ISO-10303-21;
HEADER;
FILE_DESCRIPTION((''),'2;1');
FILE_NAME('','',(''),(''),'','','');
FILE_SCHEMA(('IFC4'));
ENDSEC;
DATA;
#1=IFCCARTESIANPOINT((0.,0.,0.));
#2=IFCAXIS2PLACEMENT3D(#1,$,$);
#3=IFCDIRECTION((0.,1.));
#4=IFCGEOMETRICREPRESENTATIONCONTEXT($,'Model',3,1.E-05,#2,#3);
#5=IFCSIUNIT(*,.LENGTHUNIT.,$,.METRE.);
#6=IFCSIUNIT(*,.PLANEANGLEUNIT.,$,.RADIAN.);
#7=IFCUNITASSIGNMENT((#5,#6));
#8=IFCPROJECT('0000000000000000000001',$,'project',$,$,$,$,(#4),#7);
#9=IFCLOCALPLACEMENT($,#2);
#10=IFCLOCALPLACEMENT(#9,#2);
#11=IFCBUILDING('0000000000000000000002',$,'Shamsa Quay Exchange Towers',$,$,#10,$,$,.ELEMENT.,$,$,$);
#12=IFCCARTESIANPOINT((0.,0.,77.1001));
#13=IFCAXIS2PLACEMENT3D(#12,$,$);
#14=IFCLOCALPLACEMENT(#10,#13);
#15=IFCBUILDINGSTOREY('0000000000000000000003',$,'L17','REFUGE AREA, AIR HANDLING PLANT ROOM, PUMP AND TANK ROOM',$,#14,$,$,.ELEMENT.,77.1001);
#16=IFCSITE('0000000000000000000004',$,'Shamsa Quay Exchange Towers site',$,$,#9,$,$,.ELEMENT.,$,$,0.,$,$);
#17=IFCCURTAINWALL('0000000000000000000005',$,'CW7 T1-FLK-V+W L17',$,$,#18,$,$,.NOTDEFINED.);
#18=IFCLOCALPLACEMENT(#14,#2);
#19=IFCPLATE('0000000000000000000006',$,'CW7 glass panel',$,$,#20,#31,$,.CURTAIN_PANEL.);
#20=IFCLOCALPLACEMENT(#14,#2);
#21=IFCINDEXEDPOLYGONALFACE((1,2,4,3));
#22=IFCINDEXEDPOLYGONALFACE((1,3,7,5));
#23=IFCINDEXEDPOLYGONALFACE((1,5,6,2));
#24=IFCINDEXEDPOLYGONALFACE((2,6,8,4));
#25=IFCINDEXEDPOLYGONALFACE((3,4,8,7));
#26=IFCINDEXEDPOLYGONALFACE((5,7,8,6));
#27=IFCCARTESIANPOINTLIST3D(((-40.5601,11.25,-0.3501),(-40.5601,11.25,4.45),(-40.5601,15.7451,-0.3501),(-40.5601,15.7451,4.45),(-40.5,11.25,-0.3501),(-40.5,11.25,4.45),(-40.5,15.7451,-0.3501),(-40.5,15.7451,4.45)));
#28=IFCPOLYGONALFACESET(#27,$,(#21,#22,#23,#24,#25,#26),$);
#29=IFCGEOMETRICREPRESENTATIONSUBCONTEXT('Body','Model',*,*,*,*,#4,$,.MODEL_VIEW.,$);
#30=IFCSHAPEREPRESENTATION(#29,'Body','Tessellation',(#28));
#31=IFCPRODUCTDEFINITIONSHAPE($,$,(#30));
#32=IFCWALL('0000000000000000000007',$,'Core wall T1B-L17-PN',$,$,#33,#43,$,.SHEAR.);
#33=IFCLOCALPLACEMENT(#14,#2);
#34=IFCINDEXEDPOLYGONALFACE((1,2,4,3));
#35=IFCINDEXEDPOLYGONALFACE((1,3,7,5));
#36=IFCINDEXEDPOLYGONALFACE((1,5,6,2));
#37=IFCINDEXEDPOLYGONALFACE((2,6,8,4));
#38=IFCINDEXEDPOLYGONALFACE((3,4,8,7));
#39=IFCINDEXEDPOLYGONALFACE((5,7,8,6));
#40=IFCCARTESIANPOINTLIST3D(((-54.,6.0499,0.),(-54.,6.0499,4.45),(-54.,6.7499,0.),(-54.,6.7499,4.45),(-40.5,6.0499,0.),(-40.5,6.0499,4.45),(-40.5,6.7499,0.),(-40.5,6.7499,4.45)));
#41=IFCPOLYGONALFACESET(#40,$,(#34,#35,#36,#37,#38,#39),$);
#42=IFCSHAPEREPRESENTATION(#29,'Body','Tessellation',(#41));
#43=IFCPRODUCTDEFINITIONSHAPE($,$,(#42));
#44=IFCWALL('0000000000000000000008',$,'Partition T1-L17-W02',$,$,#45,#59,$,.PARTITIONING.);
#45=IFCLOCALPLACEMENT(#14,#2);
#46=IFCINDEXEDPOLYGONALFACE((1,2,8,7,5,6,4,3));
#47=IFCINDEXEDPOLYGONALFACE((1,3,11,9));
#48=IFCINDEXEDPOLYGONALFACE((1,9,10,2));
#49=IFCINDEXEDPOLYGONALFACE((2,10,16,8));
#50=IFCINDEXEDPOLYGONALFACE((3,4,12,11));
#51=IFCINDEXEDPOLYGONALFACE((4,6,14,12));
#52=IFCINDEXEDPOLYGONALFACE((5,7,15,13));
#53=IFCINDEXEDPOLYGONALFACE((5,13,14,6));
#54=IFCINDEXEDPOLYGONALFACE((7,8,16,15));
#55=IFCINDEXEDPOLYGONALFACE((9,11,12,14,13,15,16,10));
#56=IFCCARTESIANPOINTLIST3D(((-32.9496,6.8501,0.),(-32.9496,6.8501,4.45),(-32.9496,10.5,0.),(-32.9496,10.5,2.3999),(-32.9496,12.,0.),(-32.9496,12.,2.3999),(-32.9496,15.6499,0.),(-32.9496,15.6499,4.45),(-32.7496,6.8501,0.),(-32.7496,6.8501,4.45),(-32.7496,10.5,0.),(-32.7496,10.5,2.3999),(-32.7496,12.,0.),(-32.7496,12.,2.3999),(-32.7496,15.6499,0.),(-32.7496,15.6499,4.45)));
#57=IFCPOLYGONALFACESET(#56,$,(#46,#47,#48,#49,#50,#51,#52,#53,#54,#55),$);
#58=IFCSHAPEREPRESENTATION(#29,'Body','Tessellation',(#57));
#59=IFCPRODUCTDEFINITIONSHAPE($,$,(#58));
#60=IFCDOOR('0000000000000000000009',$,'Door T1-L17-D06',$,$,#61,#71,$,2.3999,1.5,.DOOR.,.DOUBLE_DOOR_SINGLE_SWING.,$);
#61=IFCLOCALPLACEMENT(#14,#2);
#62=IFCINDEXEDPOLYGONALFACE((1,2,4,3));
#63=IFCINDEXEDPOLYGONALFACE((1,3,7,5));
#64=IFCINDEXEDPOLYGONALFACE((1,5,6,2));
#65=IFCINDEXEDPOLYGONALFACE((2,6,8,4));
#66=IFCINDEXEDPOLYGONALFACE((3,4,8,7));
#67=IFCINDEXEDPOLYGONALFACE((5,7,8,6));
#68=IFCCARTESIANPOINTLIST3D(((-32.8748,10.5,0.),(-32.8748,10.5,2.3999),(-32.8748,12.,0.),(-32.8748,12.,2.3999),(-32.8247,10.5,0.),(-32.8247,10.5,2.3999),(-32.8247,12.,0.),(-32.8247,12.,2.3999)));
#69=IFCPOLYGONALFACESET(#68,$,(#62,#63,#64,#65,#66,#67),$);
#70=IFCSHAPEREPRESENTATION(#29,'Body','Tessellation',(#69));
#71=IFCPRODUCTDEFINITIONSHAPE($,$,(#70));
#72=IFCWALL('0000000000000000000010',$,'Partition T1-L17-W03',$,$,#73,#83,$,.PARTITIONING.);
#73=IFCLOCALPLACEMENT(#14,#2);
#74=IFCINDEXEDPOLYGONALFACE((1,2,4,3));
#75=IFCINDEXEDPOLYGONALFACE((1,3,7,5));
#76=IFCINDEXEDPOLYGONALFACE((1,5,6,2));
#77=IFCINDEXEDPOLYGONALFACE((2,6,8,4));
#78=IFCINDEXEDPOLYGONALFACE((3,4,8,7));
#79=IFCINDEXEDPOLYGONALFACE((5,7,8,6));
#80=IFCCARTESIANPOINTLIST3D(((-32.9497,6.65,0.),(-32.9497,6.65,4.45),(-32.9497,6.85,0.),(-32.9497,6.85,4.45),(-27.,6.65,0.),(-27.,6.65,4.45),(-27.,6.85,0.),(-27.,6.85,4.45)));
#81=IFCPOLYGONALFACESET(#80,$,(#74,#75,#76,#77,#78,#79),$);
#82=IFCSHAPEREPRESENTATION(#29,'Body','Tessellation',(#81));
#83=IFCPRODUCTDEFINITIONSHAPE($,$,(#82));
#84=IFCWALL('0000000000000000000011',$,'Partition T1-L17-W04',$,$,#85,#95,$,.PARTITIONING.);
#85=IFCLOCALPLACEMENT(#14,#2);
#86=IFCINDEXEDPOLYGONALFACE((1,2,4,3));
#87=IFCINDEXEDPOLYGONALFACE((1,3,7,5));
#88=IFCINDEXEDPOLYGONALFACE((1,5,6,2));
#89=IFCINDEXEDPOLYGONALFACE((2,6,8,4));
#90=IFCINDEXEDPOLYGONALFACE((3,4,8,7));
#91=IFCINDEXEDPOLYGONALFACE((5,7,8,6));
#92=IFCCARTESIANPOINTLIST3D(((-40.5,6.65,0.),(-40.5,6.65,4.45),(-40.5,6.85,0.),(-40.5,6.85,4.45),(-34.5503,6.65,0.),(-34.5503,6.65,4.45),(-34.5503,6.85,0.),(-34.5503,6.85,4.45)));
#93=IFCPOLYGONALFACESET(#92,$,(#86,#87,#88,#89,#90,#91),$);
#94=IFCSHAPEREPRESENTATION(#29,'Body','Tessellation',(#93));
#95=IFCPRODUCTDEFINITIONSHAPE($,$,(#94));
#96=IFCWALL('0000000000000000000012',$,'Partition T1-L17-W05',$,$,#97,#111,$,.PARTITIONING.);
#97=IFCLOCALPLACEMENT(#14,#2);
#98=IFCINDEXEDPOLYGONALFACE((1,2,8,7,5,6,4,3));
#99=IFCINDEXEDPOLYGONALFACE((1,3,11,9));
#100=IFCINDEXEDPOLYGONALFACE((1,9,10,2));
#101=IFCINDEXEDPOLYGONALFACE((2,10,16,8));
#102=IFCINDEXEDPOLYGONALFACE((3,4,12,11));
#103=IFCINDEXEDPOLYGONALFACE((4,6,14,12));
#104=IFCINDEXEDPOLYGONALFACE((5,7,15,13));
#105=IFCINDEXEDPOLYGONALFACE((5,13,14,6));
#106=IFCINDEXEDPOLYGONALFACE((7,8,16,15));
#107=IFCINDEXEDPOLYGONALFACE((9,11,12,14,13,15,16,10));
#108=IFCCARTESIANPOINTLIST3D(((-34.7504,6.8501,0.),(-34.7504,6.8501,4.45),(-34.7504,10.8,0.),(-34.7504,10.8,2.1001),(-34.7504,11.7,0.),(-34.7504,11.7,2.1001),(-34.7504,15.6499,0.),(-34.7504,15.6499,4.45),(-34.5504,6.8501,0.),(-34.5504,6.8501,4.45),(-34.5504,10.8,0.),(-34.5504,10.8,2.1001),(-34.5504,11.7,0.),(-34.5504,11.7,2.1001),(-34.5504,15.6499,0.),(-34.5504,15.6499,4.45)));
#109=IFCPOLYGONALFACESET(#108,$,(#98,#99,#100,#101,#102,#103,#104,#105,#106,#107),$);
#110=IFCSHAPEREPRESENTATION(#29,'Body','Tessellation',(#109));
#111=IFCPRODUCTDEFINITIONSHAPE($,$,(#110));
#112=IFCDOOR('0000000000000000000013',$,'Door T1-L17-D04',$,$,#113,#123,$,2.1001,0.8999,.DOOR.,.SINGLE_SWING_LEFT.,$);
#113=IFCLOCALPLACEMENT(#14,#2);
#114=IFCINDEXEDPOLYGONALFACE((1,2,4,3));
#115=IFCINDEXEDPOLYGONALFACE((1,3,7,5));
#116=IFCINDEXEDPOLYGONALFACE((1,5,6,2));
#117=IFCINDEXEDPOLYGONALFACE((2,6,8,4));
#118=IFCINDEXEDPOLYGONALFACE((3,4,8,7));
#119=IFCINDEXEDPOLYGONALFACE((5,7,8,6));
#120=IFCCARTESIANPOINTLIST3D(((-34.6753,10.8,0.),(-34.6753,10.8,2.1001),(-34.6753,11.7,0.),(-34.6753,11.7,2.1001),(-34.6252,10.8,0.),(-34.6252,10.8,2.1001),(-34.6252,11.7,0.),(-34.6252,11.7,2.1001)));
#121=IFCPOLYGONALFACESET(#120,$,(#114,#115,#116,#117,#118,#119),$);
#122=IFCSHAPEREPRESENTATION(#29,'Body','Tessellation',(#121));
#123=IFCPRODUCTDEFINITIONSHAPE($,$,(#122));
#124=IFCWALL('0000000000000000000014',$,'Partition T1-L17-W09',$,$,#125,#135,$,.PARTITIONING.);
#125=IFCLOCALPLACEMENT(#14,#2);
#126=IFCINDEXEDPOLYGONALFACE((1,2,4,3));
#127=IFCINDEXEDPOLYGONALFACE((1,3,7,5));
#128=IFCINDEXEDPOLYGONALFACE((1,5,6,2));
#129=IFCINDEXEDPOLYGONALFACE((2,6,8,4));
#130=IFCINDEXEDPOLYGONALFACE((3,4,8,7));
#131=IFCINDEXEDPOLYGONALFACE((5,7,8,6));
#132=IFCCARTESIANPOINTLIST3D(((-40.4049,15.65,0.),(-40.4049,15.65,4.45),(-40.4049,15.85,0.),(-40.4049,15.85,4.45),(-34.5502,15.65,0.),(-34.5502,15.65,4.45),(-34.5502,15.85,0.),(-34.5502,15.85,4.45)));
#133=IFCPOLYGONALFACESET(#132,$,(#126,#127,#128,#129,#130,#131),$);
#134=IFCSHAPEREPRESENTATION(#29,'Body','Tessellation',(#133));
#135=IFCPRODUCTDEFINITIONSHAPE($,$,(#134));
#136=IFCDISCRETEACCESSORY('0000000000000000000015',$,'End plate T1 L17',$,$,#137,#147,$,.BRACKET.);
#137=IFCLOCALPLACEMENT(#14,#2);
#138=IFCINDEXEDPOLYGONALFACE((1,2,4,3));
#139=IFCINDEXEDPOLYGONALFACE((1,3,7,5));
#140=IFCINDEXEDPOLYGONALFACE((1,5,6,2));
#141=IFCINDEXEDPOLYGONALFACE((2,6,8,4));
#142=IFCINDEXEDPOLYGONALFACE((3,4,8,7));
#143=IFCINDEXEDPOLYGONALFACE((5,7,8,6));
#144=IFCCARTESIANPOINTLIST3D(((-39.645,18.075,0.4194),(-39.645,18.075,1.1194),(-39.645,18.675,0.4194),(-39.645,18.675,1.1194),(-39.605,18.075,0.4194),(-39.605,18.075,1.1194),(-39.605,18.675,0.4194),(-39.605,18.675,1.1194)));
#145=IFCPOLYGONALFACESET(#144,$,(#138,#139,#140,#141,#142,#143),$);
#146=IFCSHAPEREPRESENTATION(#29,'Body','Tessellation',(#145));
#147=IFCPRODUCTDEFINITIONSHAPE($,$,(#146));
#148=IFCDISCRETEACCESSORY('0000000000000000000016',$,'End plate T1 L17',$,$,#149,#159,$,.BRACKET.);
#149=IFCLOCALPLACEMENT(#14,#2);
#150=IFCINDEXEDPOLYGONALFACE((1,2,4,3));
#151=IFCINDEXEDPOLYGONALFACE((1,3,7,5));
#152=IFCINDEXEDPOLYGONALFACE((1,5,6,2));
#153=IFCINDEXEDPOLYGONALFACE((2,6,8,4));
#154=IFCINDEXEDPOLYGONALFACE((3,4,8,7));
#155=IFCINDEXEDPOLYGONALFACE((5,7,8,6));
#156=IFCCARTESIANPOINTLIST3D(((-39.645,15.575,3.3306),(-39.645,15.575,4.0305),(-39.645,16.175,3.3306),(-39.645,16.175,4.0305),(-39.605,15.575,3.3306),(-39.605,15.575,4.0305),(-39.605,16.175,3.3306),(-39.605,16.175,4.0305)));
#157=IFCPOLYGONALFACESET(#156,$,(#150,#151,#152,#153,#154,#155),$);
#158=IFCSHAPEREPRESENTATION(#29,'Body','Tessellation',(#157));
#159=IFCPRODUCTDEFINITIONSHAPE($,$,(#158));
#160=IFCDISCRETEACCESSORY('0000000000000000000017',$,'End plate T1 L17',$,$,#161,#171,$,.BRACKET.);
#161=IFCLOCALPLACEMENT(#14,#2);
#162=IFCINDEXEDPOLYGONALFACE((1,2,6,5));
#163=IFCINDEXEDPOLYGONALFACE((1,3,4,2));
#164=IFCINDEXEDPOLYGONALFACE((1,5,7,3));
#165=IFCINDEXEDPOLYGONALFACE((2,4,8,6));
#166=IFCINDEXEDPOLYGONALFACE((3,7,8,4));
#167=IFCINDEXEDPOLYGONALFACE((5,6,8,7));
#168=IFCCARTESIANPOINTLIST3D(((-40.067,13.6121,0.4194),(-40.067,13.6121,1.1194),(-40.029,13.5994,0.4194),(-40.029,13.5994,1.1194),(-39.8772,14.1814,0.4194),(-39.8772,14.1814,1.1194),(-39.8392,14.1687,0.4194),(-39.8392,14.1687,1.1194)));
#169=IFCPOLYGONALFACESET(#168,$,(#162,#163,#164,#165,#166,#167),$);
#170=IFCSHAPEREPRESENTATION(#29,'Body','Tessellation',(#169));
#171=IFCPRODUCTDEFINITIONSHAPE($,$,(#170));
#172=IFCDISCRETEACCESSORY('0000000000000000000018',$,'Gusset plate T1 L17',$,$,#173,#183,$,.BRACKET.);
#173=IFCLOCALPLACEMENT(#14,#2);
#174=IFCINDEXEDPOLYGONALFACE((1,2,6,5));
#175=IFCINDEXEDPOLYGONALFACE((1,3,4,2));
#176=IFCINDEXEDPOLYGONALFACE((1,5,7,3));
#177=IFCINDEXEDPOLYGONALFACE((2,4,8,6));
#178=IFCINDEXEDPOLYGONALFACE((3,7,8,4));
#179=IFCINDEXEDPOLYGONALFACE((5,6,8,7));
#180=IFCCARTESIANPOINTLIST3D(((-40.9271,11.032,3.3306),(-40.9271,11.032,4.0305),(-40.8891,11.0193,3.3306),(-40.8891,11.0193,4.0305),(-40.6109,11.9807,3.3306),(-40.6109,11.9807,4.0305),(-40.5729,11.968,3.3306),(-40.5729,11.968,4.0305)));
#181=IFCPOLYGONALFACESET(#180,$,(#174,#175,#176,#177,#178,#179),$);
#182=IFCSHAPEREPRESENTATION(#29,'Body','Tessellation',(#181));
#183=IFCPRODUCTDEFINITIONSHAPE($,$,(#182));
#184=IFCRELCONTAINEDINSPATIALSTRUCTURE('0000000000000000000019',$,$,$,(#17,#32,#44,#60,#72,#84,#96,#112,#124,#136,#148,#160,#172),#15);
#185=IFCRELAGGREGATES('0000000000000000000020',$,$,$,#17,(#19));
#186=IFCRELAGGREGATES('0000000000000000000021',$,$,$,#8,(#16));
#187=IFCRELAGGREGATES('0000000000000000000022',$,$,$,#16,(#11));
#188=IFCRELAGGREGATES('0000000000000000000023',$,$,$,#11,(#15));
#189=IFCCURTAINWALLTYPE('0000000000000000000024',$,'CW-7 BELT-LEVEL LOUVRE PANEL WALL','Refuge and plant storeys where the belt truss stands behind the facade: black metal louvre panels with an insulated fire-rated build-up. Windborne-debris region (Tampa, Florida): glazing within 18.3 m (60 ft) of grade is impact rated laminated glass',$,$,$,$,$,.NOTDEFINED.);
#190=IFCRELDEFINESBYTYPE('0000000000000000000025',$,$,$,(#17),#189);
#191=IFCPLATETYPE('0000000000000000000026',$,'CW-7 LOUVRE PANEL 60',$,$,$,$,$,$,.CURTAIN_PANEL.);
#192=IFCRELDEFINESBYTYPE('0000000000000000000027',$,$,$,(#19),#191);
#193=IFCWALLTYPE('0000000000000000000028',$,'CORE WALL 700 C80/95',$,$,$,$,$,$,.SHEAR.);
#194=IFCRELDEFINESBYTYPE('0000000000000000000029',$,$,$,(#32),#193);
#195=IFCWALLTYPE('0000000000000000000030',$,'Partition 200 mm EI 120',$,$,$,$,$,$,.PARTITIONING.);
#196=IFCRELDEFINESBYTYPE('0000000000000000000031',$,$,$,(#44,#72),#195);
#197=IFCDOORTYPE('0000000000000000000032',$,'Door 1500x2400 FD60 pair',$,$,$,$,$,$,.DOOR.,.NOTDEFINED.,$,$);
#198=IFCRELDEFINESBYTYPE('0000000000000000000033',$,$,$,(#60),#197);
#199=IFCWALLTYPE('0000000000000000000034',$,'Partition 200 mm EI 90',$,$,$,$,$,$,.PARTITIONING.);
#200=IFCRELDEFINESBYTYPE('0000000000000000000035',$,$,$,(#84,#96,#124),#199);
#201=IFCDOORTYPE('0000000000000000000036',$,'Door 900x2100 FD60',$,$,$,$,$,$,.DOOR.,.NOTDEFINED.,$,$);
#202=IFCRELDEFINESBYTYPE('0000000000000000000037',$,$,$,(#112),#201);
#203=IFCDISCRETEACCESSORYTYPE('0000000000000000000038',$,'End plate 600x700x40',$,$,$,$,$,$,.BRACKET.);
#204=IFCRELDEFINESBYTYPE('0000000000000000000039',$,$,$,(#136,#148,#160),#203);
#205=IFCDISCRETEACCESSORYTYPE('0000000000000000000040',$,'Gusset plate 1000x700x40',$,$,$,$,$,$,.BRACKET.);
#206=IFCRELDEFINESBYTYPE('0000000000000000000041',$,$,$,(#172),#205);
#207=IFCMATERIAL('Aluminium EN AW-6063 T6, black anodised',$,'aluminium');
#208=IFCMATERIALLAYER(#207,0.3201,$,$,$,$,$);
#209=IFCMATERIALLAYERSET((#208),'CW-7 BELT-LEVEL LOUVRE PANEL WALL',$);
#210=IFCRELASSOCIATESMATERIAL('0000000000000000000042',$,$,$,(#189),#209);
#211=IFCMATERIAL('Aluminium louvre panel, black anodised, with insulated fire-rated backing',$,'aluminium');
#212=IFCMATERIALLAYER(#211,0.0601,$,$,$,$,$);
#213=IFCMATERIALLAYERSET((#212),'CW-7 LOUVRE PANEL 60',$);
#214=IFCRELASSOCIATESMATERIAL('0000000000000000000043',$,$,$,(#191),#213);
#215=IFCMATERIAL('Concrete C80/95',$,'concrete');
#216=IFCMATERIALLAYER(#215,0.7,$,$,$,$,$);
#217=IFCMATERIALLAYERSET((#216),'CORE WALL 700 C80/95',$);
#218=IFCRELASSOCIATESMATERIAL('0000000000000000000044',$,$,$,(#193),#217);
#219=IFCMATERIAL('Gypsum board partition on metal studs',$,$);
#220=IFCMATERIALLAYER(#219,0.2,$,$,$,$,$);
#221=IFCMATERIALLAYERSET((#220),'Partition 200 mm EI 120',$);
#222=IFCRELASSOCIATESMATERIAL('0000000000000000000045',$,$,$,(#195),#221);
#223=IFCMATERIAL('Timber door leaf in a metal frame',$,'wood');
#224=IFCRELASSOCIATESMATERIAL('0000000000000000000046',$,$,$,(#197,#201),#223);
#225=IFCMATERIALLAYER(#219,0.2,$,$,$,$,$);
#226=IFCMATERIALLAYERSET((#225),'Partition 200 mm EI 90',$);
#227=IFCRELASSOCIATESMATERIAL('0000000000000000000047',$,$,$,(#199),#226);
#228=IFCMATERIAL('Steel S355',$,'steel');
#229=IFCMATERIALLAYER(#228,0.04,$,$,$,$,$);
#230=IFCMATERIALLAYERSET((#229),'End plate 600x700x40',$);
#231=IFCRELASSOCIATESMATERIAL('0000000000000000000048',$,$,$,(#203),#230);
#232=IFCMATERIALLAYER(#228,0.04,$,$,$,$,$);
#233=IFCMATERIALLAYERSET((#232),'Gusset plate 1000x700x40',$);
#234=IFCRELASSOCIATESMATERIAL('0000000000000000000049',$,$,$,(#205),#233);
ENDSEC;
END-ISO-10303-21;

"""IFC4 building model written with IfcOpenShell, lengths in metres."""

from ifc_helpers import new_model, si_unit, direction, frame, frame_2d, origin, origin_2d, place, context, subcontext, project, spatial, rectangle, extrude, material, layer, layer_set, type_object, element, fill, aggregate, save


model = new_model("IFC4")

# Units and contexts
model_context = context("Model", 3, precision=1e-05, world=origin(), true_north=direction((0.0, 1.0)))
body_context = subcontext(model_context, "Body", "Model", "MODEL_VIEW")
ifc_project = project(units=[si_unit("LENGTHUNIT", "METRE"), si_unit("PLANEANGLEUNIT", "RADIAN")], contexts=[model_context])

# Site, building, storey
site_placement = place(None, origin())
site = spatial("IfcSite", under=ifc_project, at=site_placement, Name="Shamsa Quay Exchange Towers site", CompositionType="ELEMENT", RefElevation=0.0)
building_placement = place(site_placement, origin())
building = spatial("IfcBuilding", under=site, at=building_placement, Name="Shamsa Quay Exchange Towers", CompositionType="ELEMENT")
storey_placement = place(building_placement, frame((0.0, 0.0, 77.1001)))
storey = spatial("IfcBuildingStorey", under=building, at=storey_placement, Name="L17", Description="REFUGE AREA, AIR HANDLING PLANT ROOM, PUMP AND TANK ROOM", CompositionType="ELEMENT", Elevation=77.1001)

# Shared definitions
ifc_material_1 = material(Name="Steel S355", Category="steel")

# Curtain wall, plate
ifc_material_2 = material(Name="Aluminium EN AW-6063 T6, black anodised", Category="aluminium")
ifc_layer_1 = layer(ifc_material_2, 0.3201)
ifc_layer_set_1 = layer_set([ifc_layer_1], Name="CW-7 BELT-LEVEL LOUVRE PANEL WALL")
curtain_wall_type = type_object("IfcCurtainWallType", Name="CW-7 BELT-LEVEL LOUVRE PANEL WALL", Description="Refuge and plant storeys where the belt truss stands behind the facade: black metal louvre panels with an insulated fire-rated build-up. Windborne-debris region (Tampa, Florida): glazing within 18.3 m (60 ft) of grade is impact rated laminated glass", PredefinedType="NOTDEFINED", material=ifc_layer_set_1)
curtain_wall_placement = place(storey_placement, origin())
curtain_wall = element("IfcCurtainWall", 1, at=curtain_wall_placement, inside=storey, type_object=curtain_wall_type, Name="CW7 T1-FLK-V+W L17", PredefinedType="NOTDEFINED")
ifc_material_3 = material(Name="Aluminium louvre panel, black anodised, with insulated fire-rated backing", Category="aluminium")
ifc_layer_2 = layer(ifc_material_3, 0.0601)
ifc_layer_set_2 = layer_set([ifc_layer_2], Name="CW-7 LOUVRE PANEL 60")
plate_type = type_object("IfcPlateType", Name="CW-7 LOUVRE PANEL 60", PredefinedType="CURTAIN_PANEL", material=ifc_layer_set_2)
plate_1_placement = place(storey_placement, frame((-40.53, 13.4976, -0.3501), z_axis=(0.0, 0.0, 1.0), x_axis=(0.0, -1.0, 0.0)))
plate_1 = element("IfcPlate", 2, at=plate_1_placement, type_object=plate_type, Name="CW7 glass panel", PredefinedType="CURTAIN_PANEL", context=body_context, shape_type="SweptSolid", body=[
    extrude(rectangle(XDim=4.4951, YDim=0.0601, at=origin_2d()), origin(), (0.0, 0.0, 1.0), 4.8),
])
aggregate(curtain_wall, [plate_1])

# Wall
ifc_material_4 = material(Name="Concrete C80/95", Category="concrete")
ifc_layer_3 = layer(ifc_material_4, 0.7)
ifc_layer_set_3 = layer_set([ifc_layer_3], Name="CORE WALL 700 C80/95")
wall_type_1 = type_object("IfcWallType", Name="CORE WALL 700 C80/95", PredefinedType="SHEAR", material=ifc_layer_set_3)
wall_1_placement = place(storey_placement, frame((-40.5, 6.3999, 0.0), z_axis=(0.0, 0.0, 1.0), x_axis=(-1.0, 0.0, 0.0)))
element("IfcWall", 3, at=wall_1_placement, inside=storey, type_object=wall_type_1, Name="Core wall T1B-L17-PN", PredefinedType="SHEAR", context=body_context, shape_type="SweptSolid", body=[
    extrude(rectangle(XDim=13.5, YDim=0.7, at=frame_2d((6.75, 0.0))), origin(), (0.0, 0.0, 1.0), 4.45),
])

# Shared definitions
ifc_material_5 = material(Name="Gypsum board partition on metal studs")
ifc_layer_4 = layer(ifc_material_5, 0.2)
ifc_layer_set_4 = layer_set([ifc_layer_4], Name="Partition 200 mm EI 120")
wall_type_2 = type_object("IfcWallType", Name="Partition 200 mm EI 120", PredefinedType="PARTITIONING", material=ifc_layer_set_4)
ifc_material_6 = material(Name="Timber door leaf in a metal frame", Category="wood")
door_type_1 = type_object("IfcDoorType", Name="Door 1500x2400 FD60 pair", OperationType="NOTDEFINED", PredefinedType="DOOR", material=ifc_material_6)

# Wall, opening, door
wall_2_placement = place(storey_placement, frame((-32.8496, 15.6499, 0.0), z_axis=(0.0, 0.0, 1.0), x_axis=(0.0, -1.0, 0.0)))
wall_2 = element("IfcWall", 4, at=wall_2_placement, inside=storey, type_object=wall_type_2, Name="Partition T1-L17-W02", PredefinedType="PARTITIONING", context=body_context, shape_type="SweptSolid", body=[
    extrude(rectangle(XDim=8.7998, YDim=0.2, at=frame_2d((4.3999, 0.0))), origin(), (0.0, 0.0, 1.0), 4.45),
])
opening_1_placement = place(wall_2_placement, frame((3.6499, 0.0, 0.0)))
opening_1 = element("IfcOpeningElement", 5, at=opening_1_placement, cuts=wall_2, PredefinedType="OPENING", context=body_context, shape_type="SweptSolid", body=[
    extrude(rectangle(XDim=1.5, YDim=2.3999, at=frame_2d((0.75, 1.2))), frame((0.0, 0.1099, 0.0), z_axis=(0.0, -1.0, 0.0), x_axis=(1.0, 0.0, 0.0)), (0.0, 0.0, 1.0), 0.22),
])
door_1_placement = place(opening_1_placement, origin())
door_1 = element("IfcDoor", 6, at=door_1_placement, inside=storey, type_object=door_type_1, Name="Door T1-L17-D06", OperationType="DOUBLE_DOOR_SINGLE_SWING", OverallHeight=2.3999, OverallWidth=1.5, PredefinedType="DOOR", context=body_context, shape_type="SweptSolid", body=[
    extrude(rectangle(XDim=1.5, YDim=2.3999, at=frame_2d((0.75, 1.2))), frame((0.0, 0.0249, 0.0), z_axis=(0.0, -1.0, 0.0), x_axis=(1.0, 0.0, 0.0)), (0.0, 0.0, 1.0), 0.05),
])
fill(opening_1, door_1)

# Wall
wall_3_placement = place(storey_placement, frame((-32.9497, 6.75, 0.0)))
element("IfcWall", 7, at=wall_3_placement, inside=storey, type_object=wall_type_2, Name="Partition T1-L17-W03", PredefinedType="PARTITIONING", context=body_context, shape_type="SweptSolid", body=[
    extrude(rectangle(XDim=5.9497, YDim=0.2, at=frame_2d((2.9749, 0.0))), origin(), (0.0, 0.0, 1.0), 4.45),
])

# Wall
ifc_layer_5 = layer(ifc_material_5, 0.2)
ifc_layer_set_5 = layer_set([ifc_layer_5], Name="Partition 200 mm EI 90")
wall_type_3 = type_object("IfcWallType", Name="Partition 200 mm EI 90", PredefinedType="PARTITIONING", material=ifc_layer_set_5)
wall_4_placement = place(storey_placement, frame((-40.5, 6.75, 0.0)))
element("IfcWall", 8, at=wall_4_placement, inside=storey, type_object=wall_type_3, Name="Partition T1-L17-W04", PredefinedType="PARTITIONING", context=body_context, shape_type="SweptSolid", body=[
    extrude(rectangle(XDim=5.9497, YDim=0.2, at=frame_2d((2.9749, 0.0))), origin(), (0.0, 0.0, 1.0), 4.45),
])

# Wall, opening, door
wall_5_placement = place(storey_placement, frame((-34.6504, 6.8501, 0.0), z_axis=(0.0, 0.0, 1.0), x_axis=(0.0, 1.0, 0.0)))
wall_5 = element("IfcWall", 9, at=wall_5_placement, inside=storey, type_object=wall_type_3, Name="Partition T1-L17-W05", PredefinedType="PARTITIONING", context=body_context, shape_type="SweptSolid", body=[
    extrude(rectangle(XDim=8.7998, YDim=0.2, at=frame_2d((4.3999, 0.0))), origin(), (0.0, 0.0, 1.0), 4.45),
])
opening_2_placement = place(wall_5_placement, frame((3.95, 0.0, 0.0)))
opening_2 = element("IfcOpeningElement", 10, at=opening_2_placement, cuts=wall_5, PredefinedType="OPENING", context=body_context, shape_type="SweptSolid", body=[
    extrude(rectangle(XDim=0.8999, YDim=2.1001, at=frame_2d((0.45, 1.05))), frame((0.0, 0.1099, 0.0), z_axis=(0.0, -1.0, 0.0), x_axis=(1.0, 0.0, 0.0)), (0.0, 0.0, 1.0), 0.22),
])
door_type_2 = type_object("IfcDoorType", Name="Door 900x2100 FD60", OperationType="NOTDEFINED", PredefinedType="DOOR", material=ifc_material_6)
door_2_placement = place(opening_2_placement, origin())
door_2 = element("IfcDoor", 11, at=door_2_placement, inside=storey, type_object=door_type_2, Name="Door T1-L17-D04", OperationType="SINGLE_SWING_LEFT", OverallHeight=2.1001, OverallWidth=0.8999, PredefinedType="DOOR", context=body_context, shape_type="SweptSolid", body=[
    extrude(rectangle(XDim=0.8999, YDim=2.1001, at=frame_2d((0.45, 1.05))), frame((0.0, 0.0249, 0.0), z_axis=(0.0, -1.0, 0.0), x_axis=(1.0, 0.0, 0.0)), (0.0, 0.0, 1.0), 0.05),
])
fill(opening_2, door_2)

# Wall
wall_6_placement = place(storey_placement, frame((-34.5503, 15.75, 0.0), z_axis=(0.0, 0.0, 1.0), x_axis=(-1.0, 0.0, 0.0)))
element("IfcWall", 12, at=wall_6_placement, inside=storey, type_object=wall_type_3, Name="Partition T1-L17-W09", PredefinedType="PARTITIONING", context=body_context, shape_type="SweptSolid", body=[
    extrude(rectangle(XDim=5.8547, YDim=0.2, at=frame_2d((2.9272, 0.0))), origin(), (0.0, 0.0, 1.0), 4.45),
])

# Discrete accessories
ifc_layer_6 = layer(ifc_material_1, 0.04)
ifc_layer_set_6 = layer_set([ifc_layer_6], Name="End plate 600x700x40")
discrete_accessory_type_1 = type_object("IfcDiscreteAccessoryType", Name="End plate 600x700x40", PredefinedType="BRACKET", material=ifc_layer_set_6)
for number, where, z_axis, x_axis, name in (
    (13, (-39.625, 18.375, 0.4194), (0.0, 0.0, 1.0), (0.0, -1.0, 0.0), "End plate T1 L17"),
    (14, (-39.625, 15.875, 3.3306), (0.0, 0.0, 1.0), (0.0, -1.0, 0.0), "End plate T1 L17"),
    (15, (-39.9531, 13.8904, 0.4194), (0.0, 0.0, 1.0), (-0.316228, -0.948683, 0.0), "End plate T1 L17"),
):
    element("IfcDiscreteAccessory", number, at=place(storey_placement, frame(where, z_axis=z_axis, x_axis=x_axis)), inside=storey, type_object=discrete_accessory_type_1, Name=name, PredefinedType="BRACKET", context=body_context, shape_type="SweptSolid", body=[
        extrude(rectangle(XDim=0.6001, YDim=0.04, at=origin_2d()), origin(), (0.0, 0.0, 1.0), 0.7),
    ])
ifc_layer_7 = layer(ifc_material_1, 0.04)
ifc_layer_set_7 = layer_set([ifc_layer_7], Name="Gusset plate 1000x700x40")
discrete_accessory_type_2 = type_object("IfcDiscreteAccessoryType", Name="Gusset plate 1000x700x40", PredefinedType="BRACKET", material=ifc_layer_set_7)
discrete_accessory_placement = place(storey_placement, frame((-40.75, 11.5, 3.3306), z_axis=(0.0, 0.0, 1.0), x_axis=(-0.316228, -0.948683, 0.0)))
element("IfcDiscreteAccessory", 16, at=discrete_accessory_placement, inside=storey, type_object=discrete_accessory_type_2, Name="Gusset plate T1 L17", PredefinedType="BRACKET", context=body_context, shape_type="SweptSolid", body=[
    extrude(rectangle(XDim=1.0, YDim=0.04, at=origin_2d()), origin(), (0.0, 0.0, 1.0), 0.7),
])

save(model, "model.ifc")
